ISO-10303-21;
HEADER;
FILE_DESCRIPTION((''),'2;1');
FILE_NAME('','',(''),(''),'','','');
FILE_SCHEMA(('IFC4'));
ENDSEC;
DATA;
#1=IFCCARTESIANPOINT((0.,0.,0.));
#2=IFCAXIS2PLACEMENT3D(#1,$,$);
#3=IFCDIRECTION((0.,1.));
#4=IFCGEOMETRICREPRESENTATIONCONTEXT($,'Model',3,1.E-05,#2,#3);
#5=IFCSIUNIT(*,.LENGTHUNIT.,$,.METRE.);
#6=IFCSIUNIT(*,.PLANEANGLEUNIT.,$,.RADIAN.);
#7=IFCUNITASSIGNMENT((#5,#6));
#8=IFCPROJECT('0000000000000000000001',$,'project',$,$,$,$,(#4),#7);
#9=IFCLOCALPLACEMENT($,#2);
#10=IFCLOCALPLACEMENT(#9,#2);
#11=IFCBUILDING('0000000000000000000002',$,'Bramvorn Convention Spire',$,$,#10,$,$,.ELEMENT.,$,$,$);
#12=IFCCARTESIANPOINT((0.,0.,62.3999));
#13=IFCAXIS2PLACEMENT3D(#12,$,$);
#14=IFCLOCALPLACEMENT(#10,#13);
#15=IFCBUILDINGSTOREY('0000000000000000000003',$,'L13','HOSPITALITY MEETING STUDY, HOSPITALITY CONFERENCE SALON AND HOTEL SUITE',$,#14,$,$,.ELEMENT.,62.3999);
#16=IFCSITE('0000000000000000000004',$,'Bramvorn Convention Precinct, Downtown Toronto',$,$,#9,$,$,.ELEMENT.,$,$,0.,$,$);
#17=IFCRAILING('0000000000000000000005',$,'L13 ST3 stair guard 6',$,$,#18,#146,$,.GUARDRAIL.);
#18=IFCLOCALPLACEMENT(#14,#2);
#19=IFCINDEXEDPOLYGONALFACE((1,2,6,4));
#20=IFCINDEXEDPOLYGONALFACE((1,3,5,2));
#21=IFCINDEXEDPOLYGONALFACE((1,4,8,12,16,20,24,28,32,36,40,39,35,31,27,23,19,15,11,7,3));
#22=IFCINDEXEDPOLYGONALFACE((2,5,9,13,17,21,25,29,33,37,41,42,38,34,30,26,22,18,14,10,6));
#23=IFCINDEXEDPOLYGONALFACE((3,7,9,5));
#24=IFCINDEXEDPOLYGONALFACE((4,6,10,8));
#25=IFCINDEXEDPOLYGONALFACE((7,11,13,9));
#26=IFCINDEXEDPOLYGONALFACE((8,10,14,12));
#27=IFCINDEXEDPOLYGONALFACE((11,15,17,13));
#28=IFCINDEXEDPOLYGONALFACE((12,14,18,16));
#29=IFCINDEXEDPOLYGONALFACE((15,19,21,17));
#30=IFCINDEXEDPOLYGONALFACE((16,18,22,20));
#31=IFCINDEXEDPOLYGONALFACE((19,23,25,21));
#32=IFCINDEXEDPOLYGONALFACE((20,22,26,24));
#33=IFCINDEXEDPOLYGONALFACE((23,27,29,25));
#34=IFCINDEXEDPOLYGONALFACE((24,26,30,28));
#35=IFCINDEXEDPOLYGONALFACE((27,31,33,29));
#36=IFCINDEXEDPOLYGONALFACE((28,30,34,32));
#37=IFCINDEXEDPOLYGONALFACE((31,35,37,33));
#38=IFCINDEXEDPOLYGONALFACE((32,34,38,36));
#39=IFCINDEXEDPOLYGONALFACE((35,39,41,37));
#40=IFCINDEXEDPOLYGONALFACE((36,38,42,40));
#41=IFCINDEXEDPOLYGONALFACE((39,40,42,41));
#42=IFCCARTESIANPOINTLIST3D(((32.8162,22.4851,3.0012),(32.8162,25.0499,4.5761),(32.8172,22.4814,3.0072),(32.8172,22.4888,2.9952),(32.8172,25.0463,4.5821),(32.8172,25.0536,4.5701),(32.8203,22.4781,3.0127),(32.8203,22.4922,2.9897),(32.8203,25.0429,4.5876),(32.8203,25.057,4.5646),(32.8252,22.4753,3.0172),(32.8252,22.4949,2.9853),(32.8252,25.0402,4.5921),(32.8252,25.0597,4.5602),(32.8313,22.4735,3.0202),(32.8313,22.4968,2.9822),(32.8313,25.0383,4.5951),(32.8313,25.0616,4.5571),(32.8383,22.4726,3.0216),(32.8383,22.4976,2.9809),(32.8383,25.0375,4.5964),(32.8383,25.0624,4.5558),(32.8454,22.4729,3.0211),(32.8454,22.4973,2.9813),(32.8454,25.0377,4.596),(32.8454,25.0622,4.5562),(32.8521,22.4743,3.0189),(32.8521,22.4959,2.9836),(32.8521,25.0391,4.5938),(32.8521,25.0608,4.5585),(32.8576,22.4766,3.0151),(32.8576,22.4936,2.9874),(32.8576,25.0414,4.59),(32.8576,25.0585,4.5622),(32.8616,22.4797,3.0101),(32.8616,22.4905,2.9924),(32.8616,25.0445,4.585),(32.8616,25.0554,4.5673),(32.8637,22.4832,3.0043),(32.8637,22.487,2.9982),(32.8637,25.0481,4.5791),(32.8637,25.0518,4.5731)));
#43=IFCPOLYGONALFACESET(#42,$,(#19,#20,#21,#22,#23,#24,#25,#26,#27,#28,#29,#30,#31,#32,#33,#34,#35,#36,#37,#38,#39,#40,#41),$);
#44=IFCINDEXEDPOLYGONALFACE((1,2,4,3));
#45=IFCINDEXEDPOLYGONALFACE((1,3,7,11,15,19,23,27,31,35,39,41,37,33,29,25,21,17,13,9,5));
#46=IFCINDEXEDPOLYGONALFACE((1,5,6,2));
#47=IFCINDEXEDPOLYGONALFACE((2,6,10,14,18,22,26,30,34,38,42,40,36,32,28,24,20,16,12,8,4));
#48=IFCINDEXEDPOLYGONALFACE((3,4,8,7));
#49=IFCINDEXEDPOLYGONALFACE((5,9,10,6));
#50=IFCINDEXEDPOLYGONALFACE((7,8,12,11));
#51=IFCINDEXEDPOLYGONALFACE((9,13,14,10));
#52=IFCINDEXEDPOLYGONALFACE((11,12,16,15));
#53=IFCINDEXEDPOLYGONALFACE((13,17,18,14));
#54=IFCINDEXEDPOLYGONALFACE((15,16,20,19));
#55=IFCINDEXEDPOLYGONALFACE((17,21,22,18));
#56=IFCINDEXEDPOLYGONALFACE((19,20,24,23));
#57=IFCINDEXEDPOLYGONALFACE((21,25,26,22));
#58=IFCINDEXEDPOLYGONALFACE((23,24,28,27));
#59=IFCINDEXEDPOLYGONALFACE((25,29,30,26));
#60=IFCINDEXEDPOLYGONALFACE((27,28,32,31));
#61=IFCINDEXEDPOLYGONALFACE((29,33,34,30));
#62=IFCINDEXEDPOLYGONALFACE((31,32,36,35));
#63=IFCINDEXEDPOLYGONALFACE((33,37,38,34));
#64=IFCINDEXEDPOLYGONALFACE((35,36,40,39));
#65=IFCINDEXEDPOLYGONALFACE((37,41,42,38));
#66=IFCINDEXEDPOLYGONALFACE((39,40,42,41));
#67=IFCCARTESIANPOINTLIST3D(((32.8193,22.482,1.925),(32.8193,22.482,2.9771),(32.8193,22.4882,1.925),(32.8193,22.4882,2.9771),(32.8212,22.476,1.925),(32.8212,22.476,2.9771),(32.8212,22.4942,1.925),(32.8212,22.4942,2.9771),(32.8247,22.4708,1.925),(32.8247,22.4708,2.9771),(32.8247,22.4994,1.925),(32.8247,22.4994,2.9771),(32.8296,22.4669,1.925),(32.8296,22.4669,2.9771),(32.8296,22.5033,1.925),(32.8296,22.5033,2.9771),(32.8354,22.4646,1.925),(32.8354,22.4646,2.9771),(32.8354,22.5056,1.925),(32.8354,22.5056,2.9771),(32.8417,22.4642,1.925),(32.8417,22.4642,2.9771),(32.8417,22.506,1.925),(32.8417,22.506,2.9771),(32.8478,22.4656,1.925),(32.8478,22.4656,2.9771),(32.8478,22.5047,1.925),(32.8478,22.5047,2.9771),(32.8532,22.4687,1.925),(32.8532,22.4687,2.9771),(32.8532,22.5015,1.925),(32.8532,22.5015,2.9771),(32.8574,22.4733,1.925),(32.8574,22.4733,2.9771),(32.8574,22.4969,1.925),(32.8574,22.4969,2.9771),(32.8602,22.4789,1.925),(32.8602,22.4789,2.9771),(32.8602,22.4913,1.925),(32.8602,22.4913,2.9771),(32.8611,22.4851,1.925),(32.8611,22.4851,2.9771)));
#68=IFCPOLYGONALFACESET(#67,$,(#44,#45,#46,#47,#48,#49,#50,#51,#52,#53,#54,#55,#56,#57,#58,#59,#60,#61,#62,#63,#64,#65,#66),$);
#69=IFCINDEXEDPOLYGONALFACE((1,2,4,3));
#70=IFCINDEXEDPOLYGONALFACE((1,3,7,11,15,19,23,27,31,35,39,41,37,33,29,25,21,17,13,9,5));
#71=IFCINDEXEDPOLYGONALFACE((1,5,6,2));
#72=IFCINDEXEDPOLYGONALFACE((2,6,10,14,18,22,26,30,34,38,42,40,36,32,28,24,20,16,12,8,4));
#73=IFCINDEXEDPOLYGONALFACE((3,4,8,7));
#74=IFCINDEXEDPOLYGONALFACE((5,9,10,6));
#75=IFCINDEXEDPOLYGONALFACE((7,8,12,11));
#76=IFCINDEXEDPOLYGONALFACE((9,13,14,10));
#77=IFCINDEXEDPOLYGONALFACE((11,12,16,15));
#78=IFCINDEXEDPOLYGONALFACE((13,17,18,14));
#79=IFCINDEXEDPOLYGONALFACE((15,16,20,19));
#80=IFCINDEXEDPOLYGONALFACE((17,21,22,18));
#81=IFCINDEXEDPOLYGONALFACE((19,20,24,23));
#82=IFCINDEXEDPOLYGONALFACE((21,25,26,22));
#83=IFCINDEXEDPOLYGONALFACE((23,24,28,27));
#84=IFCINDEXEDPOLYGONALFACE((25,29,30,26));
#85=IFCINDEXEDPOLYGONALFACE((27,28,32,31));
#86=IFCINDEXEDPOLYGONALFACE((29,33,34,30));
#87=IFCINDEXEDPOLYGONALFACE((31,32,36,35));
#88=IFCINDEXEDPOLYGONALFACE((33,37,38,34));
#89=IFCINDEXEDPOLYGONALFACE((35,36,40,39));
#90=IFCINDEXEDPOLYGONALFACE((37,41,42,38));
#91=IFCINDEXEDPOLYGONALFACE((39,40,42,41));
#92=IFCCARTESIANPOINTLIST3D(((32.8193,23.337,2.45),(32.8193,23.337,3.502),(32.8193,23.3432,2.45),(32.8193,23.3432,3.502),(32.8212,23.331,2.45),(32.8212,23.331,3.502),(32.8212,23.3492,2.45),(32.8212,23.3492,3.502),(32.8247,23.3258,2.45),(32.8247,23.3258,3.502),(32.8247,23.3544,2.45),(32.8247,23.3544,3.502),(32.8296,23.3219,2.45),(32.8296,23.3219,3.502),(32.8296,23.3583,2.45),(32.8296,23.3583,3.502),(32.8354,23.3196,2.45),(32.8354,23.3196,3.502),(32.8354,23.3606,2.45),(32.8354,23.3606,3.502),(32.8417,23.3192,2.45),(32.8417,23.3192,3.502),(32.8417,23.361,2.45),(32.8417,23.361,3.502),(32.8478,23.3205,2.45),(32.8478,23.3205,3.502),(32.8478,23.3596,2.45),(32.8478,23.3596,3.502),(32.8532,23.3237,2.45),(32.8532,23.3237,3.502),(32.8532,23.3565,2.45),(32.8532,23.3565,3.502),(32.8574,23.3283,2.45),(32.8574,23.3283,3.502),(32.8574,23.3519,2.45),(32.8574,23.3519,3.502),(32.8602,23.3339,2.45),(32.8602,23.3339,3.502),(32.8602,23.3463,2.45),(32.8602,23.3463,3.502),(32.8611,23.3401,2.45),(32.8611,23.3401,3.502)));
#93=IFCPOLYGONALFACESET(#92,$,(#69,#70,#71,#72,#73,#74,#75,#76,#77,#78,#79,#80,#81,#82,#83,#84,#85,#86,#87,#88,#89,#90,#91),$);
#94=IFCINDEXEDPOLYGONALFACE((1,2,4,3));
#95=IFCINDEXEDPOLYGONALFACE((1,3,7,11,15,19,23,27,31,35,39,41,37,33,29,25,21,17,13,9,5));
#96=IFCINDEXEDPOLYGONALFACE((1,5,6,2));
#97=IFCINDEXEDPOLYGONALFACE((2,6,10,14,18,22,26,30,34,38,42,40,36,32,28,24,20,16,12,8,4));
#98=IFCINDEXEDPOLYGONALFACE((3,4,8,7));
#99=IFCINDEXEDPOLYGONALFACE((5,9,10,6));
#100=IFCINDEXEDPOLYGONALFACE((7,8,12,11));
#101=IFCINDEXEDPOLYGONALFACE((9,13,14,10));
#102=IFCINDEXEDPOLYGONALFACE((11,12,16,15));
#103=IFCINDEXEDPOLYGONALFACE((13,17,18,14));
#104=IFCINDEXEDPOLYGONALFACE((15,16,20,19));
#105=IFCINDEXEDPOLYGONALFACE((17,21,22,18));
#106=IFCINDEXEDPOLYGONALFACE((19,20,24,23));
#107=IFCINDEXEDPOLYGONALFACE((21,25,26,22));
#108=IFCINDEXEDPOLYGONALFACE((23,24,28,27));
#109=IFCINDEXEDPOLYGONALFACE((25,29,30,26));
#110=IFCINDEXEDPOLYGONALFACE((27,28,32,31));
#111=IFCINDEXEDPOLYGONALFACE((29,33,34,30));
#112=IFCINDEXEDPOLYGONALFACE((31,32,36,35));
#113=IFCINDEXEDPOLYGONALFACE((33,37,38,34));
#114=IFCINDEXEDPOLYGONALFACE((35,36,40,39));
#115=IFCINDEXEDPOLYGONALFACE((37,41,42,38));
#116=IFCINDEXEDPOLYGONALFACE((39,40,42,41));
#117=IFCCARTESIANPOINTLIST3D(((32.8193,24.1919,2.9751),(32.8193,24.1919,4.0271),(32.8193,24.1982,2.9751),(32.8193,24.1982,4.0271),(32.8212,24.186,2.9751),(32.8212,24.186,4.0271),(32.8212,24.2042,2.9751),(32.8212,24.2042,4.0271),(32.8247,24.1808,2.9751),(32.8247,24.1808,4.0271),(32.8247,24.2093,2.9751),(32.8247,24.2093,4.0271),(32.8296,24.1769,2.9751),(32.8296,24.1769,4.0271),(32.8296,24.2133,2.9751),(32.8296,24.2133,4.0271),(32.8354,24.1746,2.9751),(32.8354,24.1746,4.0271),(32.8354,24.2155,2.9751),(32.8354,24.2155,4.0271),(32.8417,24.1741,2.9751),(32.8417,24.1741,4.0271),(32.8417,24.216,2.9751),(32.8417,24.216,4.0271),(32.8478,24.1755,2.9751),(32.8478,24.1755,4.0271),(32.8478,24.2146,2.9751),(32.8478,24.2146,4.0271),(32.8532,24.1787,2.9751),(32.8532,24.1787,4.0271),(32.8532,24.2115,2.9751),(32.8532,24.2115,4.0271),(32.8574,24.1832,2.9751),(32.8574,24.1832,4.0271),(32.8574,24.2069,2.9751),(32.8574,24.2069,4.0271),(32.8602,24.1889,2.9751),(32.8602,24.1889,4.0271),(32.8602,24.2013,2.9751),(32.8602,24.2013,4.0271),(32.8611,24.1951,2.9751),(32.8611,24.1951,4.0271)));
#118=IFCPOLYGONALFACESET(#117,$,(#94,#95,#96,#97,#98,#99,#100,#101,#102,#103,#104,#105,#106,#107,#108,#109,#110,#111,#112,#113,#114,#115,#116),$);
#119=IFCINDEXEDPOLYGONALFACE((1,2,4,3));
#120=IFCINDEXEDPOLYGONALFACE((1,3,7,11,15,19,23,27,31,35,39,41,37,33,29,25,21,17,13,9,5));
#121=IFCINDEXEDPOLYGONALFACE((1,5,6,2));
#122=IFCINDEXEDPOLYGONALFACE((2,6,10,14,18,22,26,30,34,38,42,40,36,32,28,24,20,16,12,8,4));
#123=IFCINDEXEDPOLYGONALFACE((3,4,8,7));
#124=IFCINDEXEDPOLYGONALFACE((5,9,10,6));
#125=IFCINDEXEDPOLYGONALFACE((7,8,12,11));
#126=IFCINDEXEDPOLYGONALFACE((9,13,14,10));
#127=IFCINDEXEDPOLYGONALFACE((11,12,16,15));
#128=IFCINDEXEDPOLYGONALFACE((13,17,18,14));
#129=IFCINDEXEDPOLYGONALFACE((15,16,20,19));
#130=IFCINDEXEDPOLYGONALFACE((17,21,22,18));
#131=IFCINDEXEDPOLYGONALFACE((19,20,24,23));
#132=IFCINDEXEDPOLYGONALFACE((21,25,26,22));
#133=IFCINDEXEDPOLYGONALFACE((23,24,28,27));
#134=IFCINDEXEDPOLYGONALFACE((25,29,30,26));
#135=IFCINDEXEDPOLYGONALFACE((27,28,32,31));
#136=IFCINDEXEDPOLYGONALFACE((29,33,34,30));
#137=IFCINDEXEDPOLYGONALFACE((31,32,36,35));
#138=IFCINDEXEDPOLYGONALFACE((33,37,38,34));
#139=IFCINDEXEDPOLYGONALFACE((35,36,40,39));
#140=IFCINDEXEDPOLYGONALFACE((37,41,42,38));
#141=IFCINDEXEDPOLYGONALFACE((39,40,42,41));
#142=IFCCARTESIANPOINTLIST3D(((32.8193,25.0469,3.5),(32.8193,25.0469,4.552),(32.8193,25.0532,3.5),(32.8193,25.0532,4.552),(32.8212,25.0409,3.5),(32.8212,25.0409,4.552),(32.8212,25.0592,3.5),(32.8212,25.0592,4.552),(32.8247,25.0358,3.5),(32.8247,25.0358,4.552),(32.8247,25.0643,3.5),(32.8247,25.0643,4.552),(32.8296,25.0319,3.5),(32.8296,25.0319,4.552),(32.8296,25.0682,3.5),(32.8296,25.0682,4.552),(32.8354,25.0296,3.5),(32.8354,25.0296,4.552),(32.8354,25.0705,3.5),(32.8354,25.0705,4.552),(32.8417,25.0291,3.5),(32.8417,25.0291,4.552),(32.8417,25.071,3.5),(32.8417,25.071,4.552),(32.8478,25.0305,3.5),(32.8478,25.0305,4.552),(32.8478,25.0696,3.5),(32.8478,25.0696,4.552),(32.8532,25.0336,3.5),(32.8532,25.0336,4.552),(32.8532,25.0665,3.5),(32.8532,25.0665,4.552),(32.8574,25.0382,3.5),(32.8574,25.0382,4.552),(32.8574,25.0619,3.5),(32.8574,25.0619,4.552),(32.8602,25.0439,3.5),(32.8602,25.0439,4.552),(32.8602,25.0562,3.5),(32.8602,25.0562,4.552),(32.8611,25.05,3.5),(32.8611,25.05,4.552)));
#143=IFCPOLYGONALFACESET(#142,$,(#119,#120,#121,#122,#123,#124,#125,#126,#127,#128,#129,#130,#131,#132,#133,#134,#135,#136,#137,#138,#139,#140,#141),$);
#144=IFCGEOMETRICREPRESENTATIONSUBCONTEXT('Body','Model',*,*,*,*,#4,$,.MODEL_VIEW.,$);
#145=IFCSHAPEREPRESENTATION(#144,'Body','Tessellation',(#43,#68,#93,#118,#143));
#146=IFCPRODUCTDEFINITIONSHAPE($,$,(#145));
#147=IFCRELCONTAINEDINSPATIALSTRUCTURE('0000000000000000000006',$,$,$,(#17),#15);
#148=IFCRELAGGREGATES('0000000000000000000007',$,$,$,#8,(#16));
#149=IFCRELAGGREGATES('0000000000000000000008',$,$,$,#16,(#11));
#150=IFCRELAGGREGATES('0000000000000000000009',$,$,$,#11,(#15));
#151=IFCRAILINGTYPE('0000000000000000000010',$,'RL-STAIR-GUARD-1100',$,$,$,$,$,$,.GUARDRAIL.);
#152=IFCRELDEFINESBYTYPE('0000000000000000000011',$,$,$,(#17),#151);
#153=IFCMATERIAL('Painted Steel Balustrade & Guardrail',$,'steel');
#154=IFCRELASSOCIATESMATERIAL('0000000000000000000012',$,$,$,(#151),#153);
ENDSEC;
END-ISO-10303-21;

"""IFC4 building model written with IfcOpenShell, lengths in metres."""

from ifc_helpers import new_model, si_unit, direction, frame, origin, origin_2d, place, context, subcontext, project, spatial, circle, extrude, material, type_object, element, save


model = new_model("IFC4")

# Units and contexts
model_context = context("Model", 3, precision=1e-05, world=origin(), true_north=direction((0.0, 1.0)))
body_context = subcontext(model_context, "Body", "Model", "MODEL_VIEW")
ifc_project = project(units=[si_unit("LENGTHUNIT", "METRE"), si_unit("PLANEANGLEUNIT", "RADIAN")], contexts=[model_context])

# Site, building, storey
site_placement = place(None, origin())
site = spatial("IfcSite", under=ifc_project, at=site_placement, Name="Bramvorn Convention Precinct, Downtown Toronto", CompositionType="ELEMENT", RefElevation=0.0)
building_placement = place(site_placement, origin())
building = spatial("IfcBuilding", under=site, at=building_placement, Name="Bramvorn Convention Spire", CompositionType="ELEMENT")
storey_placement = place(building_placement, frame((0.0, 0.0, 62.3999)))
storey = spatial("IfcBuildingStorey", under=building, at=storey_placement, Name="L13", Description="HOSPITALITY MEETING STUDY, HOSPITALITY CONFERENCE SALON AND HOTEL SUITE", CompositionType="ELEMENT", Elevation=62.3999)

# Railing
ifc_material_1 = material(Name="Painted Steel Balustrade & Guardrail", Category="steel")
railing_type_1 = type_object("IfcRailingType", Name="RL-STAIR-GUARD-1100", PredefinedType="GUARDRAIL", material=ifc_material_1)
railing_1_placement = place(storey_placement, frame((32.8401, 22.4851, 1.925)))
element("IfcRailing", 1, at=railing_1_placement, inside=storey, type_object=railing_type_1, Name="L13 ST3 stair guard 6", PredefinedType="GUARDRAIL", context=body_context, shape_type="SweptSolid", body=[
    extrude(circle(Radius=0.0239, at=origin_2d()), frame((0.0, 0.0, 1.0762), z_axis=(0.0, 0.852173, 0.52326), x_axis=(-1.0, 0.0, 0.0)), (0.0, 0.0, 1.0), 3.0098),
    extrude(circle(Radius=0.021, at=origin_2d()), origin(), (0.0, 0.0, 1.0), 1.052),
    extrude(circle(Radius=0.021, at=origin_2d()), frame((0.0, 0.855, 0.5249)), (0.0, 0.0, 1.0), 1.052),
    extrude(circle(Radius=0.021, at=origin_2d()), frame((0.0, 1.71, 1.05)), (0.0, 0.0, 1.0), 1.052),
    extrude(circle(Radius=0.021, at=origin_2d()), frame((0.0, 2.5649, 1.575)), (0.0, 0.0, 1.0), 1.052),
])

save(model, "model.ifc")
